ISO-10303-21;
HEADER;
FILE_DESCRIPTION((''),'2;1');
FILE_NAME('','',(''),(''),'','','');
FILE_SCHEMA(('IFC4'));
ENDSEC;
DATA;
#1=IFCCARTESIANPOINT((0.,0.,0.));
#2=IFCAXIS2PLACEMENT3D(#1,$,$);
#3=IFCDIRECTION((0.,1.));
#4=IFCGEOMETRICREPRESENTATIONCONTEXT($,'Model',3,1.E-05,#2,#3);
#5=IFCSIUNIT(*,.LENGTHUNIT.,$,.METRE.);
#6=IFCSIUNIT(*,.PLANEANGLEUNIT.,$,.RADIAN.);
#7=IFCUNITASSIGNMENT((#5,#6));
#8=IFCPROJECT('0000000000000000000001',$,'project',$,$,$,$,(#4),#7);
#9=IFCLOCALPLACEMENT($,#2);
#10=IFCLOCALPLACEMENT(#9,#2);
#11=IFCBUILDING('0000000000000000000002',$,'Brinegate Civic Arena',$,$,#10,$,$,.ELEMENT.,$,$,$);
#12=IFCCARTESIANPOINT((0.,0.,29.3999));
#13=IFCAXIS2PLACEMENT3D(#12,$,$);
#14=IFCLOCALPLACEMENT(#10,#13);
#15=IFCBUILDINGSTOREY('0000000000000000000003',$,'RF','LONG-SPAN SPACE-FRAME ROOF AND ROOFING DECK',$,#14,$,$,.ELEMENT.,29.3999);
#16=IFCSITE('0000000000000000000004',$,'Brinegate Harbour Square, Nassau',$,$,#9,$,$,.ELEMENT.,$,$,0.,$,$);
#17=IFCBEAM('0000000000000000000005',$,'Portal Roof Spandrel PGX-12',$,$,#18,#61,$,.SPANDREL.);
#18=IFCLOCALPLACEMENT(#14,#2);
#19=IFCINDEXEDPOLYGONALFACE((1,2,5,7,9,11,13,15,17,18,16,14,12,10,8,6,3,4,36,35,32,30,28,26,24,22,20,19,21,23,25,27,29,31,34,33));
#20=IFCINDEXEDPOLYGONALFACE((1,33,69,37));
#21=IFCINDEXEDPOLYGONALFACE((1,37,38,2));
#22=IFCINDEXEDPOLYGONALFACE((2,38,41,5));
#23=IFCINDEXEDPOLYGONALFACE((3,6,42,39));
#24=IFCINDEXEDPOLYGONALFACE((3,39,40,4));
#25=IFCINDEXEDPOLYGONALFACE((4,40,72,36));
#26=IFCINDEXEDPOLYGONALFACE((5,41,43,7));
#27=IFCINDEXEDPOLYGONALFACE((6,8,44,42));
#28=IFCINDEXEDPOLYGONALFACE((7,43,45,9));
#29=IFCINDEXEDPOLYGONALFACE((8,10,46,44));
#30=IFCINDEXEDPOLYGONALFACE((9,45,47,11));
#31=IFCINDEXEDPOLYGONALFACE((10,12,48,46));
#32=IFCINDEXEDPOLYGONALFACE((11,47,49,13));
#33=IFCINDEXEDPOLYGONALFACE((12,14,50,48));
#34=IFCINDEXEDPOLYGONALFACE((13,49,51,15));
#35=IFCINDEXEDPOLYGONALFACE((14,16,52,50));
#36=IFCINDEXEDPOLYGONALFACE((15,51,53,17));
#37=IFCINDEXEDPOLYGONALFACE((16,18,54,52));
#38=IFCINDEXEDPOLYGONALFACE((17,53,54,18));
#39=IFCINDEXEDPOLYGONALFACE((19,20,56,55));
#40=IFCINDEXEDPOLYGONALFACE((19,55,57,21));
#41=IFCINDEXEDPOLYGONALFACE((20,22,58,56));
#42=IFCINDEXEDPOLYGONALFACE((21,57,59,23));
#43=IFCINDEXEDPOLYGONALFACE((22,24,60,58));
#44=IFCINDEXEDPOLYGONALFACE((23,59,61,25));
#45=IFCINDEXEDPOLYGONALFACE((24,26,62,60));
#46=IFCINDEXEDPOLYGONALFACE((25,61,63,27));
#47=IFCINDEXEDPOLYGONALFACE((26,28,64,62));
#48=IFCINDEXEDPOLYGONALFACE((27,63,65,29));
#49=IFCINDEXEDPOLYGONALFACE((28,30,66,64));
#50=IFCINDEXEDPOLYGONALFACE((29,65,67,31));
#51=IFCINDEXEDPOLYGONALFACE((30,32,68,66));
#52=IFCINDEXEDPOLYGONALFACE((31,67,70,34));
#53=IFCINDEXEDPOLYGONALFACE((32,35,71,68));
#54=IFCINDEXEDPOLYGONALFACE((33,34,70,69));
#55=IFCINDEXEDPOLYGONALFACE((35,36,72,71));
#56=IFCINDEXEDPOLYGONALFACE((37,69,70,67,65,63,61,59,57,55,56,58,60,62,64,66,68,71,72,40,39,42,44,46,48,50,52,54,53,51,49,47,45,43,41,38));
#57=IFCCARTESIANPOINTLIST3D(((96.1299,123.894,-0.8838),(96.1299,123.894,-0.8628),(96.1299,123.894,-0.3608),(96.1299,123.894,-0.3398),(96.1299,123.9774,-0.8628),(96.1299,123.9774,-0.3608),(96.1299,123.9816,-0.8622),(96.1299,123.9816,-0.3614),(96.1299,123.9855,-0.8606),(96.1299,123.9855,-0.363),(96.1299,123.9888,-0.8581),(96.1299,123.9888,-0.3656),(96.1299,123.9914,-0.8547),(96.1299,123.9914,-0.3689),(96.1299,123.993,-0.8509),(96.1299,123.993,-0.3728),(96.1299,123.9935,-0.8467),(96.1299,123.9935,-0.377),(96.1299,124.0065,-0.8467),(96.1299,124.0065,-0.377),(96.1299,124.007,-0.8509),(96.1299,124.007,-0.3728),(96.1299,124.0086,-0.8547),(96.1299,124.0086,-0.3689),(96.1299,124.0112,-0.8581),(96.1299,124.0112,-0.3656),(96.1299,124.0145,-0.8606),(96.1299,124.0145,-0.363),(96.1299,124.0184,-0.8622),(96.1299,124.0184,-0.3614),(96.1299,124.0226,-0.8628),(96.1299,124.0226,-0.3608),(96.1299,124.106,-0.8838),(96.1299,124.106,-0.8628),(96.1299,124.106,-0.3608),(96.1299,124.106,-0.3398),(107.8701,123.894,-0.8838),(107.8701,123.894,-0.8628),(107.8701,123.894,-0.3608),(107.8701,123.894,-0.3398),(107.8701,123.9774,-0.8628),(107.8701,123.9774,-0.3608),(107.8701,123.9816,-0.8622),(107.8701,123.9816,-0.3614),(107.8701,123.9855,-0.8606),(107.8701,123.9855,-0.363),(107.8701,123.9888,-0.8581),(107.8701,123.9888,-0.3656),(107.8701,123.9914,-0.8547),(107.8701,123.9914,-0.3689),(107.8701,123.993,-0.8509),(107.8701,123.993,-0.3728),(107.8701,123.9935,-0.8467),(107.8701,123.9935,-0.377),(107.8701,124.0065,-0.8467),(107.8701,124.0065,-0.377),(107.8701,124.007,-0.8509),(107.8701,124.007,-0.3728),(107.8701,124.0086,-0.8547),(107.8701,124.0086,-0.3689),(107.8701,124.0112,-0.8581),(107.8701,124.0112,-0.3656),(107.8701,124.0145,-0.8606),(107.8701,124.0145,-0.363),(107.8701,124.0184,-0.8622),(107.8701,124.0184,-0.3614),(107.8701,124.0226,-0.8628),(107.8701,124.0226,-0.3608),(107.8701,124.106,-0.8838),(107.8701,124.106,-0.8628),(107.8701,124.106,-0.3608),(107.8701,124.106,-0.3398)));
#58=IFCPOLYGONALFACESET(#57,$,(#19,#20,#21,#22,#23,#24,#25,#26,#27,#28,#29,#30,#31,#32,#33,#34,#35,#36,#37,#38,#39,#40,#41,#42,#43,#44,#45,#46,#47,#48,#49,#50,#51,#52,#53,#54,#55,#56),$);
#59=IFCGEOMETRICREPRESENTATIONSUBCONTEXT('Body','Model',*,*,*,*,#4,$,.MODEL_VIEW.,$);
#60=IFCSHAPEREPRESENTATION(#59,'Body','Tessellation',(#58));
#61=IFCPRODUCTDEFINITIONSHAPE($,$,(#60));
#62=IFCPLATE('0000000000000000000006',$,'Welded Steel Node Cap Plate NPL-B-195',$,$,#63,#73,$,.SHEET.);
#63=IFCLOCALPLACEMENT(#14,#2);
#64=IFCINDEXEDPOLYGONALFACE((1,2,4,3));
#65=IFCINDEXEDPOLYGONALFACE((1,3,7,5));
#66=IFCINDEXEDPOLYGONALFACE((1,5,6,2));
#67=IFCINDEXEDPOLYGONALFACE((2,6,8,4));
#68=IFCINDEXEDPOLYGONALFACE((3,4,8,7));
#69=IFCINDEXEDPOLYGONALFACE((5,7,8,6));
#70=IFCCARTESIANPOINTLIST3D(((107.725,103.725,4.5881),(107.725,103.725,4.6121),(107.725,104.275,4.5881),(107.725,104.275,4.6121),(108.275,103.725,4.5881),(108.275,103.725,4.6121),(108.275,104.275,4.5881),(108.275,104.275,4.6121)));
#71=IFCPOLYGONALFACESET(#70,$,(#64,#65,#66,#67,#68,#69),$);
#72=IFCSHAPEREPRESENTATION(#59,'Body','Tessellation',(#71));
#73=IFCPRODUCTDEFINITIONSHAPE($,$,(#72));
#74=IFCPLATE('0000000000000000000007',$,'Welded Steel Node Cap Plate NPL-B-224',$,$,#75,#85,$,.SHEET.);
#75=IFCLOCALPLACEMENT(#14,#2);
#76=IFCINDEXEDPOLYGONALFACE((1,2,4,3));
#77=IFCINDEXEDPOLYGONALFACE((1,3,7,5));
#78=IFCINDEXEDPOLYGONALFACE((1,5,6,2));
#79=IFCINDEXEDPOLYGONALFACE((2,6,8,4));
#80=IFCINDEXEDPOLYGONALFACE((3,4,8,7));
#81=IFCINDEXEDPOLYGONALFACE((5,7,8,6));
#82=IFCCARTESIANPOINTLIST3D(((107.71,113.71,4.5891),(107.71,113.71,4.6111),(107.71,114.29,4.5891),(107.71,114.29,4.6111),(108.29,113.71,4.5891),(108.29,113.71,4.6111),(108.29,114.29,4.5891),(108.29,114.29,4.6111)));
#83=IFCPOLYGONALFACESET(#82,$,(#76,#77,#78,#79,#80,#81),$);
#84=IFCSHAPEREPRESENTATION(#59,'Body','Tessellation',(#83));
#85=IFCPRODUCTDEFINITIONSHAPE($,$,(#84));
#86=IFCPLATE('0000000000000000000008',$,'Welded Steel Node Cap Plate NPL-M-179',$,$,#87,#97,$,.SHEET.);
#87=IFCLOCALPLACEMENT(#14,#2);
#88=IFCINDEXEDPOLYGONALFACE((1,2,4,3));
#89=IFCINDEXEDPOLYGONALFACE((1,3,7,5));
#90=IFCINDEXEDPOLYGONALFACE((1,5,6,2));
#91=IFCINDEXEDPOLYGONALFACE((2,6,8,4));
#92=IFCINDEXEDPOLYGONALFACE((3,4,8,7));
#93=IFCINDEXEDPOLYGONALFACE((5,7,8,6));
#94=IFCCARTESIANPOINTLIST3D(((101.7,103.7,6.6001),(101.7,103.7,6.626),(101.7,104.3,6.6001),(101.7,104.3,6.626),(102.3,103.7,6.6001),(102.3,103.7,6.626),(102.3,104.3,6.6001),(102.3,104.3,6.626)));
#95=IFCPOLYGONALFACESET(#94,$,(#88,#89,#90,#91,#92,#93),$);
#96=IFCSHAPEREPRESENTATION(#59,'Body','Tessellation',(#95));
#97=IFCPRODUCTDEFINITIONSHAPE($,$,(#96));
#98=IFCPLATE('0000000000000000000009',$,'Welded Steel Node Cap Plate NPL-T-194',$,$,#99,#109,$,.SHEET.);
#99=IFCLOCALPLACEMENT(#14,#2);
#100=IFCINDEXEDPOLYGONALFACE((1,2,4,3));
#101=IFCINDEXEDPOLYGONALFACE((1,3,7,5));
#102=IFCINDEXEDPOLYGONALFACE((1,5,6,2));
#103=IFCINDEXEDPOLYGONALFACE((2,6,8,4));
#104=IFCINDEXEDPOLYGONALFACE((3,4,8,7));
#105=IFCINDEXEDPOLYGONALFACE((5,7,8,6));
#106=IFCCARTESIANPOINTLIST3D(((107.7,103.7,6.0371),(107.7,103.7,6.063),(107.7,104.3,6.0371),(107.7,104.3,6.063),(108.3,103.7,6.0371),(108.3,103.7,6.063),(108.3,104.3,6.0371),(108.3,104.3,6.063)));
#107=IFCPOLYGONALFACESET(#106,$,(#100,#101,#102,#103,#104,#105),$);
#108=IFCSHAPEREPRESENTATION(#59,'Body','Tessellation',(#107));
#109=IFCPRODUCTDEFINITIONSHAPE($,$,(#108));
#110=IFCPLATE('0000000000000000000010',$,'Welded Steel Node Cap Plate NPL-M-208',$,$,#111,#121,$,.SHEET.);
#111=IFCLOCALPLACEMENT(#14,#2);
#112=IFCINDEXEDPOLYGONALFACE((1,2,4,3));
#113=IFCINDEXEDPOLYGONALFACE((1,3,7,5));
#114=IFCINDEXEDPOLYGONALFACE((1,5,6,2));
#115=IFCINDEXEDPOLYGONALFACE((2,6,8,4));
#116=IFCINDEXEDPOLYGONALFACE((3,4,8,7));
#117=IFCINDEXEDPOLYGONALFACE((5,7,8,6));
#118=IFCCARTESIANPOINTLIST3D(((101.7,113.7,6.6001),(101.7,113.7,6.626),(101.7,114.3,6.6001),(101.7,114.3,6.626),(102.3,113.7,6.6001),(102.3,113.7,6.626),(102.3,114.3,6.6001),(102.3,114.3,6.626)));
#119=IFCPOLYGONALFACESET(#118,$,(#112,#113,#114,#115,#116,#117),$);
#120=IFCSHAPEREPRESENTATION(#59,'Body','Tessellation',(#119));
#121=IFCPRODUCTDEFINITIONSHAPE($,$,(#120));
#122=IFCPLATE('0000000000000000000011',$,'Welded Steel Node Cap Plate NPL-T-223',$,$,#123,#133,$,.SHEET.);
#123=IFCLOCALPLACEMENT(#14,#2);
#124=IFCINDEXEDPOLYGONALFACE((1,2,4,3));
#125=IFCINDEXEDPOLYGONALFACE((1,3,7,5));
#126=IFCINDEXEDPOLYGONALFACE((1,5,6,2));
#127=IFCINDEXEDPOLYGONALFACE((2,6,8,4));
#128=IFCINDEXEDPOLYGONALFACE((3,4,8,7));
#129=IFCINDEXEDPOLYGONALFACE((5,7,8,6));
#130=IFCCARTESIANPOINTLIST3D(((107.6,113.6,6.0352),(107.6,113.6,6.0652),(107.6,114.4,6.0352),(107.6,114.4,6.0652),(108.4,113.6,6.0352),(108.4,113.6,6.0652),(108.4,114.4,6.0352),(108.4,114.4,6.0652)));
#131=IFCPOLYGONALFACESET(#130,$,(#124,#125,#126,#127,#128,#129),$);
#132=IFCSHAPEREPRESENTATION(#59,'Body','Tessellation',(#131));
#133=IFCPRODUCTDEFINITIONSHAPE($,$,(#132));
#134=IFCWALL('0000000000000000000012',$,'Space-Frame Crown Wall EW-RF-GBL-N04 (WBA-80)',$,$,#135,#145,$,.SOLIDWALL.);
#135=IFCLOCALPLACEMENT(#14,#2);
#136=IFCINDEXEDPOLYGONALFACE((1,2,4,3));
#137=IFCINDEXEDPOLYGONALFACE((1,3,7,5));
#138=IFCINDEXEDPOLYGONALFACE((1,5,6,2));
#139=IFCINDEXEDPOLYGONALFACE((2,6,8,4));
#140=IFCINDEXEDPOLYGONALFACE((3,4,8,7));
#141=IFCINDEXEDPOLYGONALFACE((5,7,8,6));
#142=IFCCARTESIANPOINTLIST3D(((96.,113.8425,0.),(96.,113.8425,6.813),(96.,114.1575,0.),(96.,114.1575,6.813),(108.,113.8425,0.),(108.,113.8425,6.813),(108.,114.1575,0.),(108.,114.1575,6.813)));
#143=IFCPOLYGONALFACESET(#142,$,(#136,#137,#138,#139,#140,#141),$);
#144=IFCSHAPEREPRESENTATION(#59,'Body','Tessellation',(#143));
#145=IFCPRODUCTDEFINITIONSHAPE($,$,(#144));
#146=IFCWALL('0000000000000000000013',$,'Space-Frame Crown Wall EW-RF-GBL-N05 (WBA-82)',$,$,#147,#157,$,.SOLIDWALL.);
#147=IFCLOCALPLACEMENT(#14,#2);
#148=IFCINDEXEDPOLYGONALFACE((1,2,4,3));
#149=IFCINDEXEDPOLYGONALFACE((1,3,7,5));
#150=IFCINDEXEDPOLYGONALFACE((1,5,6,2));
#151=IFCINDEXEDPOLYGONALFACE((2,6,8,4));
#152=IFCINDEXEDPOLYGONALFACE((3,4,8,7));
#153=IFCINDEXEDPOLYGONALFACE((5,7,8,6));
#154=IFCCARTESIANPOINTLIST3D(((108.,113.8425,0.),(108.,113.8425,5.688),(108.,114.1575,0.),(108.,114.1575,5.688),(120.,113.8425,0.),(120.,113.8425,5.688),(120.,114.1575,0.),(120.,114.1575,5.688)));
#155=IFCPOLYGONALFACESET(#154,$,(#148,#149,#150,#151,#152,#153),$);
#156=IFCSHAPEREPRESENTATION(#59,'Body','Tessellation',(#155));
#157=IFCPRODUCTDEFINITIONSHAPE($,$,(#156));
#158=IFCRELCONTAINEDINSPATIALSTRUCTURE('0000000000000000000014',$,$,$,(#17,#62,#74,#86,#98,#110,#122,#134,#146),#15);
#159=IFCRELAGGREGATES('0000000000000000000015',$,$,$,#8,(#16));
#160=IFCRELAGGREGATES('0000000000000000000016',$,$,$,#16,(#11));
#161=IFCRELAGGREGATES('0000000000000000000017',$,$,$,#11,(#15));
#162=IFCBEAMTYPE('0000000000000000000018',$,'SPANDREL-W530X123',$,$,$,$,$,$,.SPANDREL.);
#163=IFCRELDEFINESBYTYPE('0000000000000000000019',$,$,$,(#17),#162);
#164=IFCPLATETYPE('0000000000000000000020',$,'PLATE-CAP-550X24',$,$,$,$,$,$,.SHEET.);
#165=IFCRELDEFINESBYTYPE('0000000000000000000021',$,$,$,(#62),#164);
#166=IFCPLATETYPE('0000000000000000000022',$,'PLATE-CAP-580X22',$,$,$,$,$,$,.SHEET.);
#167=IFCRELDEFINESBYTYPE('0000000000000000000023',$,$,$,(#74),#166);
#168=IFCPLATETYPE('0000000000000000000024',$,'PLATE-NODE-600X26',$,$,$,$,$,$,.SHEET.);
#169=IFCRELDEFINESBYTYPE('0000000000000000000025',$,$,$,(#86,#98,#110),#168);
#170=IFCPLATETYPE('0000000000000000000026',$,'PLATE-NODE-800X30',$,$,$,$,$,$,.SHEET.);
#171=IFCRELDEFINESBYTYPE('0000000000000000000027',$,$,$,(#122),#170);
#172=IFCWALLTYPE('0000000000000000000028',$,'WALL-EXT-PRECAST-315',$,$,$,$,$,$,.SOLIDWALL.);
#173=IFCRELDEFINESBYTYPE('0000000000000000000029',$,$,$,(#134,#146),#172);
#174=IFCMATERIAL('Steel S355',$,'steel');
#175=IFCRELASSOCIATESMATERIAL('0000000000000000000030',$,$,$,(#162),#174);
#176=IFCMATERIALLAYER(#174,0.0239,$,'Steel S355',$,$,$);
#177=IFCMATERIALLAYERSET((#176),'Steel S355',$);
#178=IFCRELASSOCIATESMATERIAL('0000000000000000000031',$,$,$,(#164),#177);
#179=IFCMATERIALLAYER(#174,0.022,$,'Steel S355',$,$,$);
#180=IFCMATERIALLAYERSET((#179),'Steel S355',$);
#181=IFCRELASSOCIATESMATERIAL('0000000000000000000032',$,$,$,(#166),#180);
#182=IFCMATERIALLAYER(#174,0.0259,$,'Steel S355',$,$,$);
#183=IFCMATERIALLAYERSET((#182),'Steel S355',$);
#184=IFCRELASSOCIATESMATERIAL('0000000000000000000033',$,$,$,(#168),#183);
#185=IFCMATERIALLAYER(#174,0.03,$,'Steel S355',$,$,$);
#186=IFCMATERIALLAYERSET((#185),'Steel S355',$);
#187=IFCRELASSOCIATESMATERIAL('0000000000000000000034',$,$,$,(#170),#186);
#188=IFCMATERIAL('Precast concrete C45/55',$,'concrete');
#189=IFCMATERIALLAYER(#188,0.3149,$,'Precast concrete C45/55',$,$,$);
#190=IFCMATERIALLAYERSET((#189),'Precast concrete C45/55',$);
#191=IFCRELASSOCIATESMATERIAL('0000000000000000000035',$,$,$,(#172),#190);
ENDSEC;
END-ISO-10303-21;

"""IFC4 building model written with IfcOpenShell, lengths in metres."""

from ifc_helpers import new_model, si_unit, direction, frame, frame_2d, origin, origin_2d, place, context, subcontext, project, spatial, rectangle, i_section, extrude, material, layer, layer_set, material_profile, profile_set, type_object, element, save


model = new_model("IFC4")

# Units and contexts
model_context = context("Model", 3, precision=1e-05, world=origin(), true_north=direction((0.0, 1.0)))
body_context = subcontext(model_context, "Body", "Model", "MODEL_VIEW")
ifc_project = project(units=[si_unit("LENGTHUNIT", "METRE"), si_unit("PLANEANGLEUNIT", "RADIAN")], contexts=[model_context])

# Site, building, storey
site_placement = place(None, origin())
site = spatial("IfcSite", under=ifc_project, at=site_placement, Name="Brinegate Harbour Square, Nassau", CompositionType="ELEMENT", RefElevation=0.0)
building_placement = place(site_placement, origin())
building = spatial("IfcBuilding", under=site, at=building_placement, Name="Brinegate Civic Arena", CompositionType="ELEMENT")
storey_placement = place(building_placement, frame((0.0, 0.0, 29.3999)))
storey = spatial("IfcBuildingStorey", under=building, at=storey_placement, Name="RF", Description="LONG-SPAN SPACE-FRAME ROOF AND ROOFING DECK", CompositionType="ELEMENT", Elevation=29.3999)

# Shared definitions
ifc_material_1 = material(Name="Steel S355", Category="steel")

# Beam
ifc_material_profile_1 = material_profile(ifc_material_1, i_section(OverallWidth=0.2119, OverallDepth=0.5439, WebThickness=0.0129, FlangeThickness=0.021, FilletRadius=0.0161, at=origin_2d()), Name="W530X123")
ifc_profile_set_1 = profile_set([ifc_material_profile_1], Name="Steel S355")
beam_type_1 = type_object("IfcBeamType", Name="SPANDREL-W530X123", PredefinedType="SPANDREL", material=ifc_profile_set_1)
for number, where, z_axis, x_axis, name in (
    (1, (96.1299, 124.0, -0.6118), (1.0, 0.0, 0.0), (0.0, 1.0, 0.0), "Portal Roof Spandrel PGX-12"),
):
    element("IfcBeam", number, at=place(storey_placement, frame(where, z_axis=z_axis, x_axis=x_axis)), inside=storey, type_object=beam_type_1, Name=name, PredefinedType="SPANDREL", context=body_context, shape_type="SweptSolid", body=[
        extrude(i_section(OverallWidth=0.2119, OverallDepth=0.5439, WebThickness=0.0129, FlangeThickness=0.021, FilletRadius=0.0161, at=origin_2d()), origin(), (0.0, 0.0, 1.0), 11.7402),
    ])

# Plates
ifc_layer_1 = layer(ifc_material_1, 0.0239, Name="Steel S355")
ifc_layer_set_1 = layer_set([ifc_layer_1], Name="Steel S355")
plate_type_1 = type_object("IfcPlateType", Name="PLATE-CAP-550X24", PredefinedType="SHEET", material=ifc_layer_set_1)
plate_1_placement = place(storey_placement, frame((108.0, 104.0, 4.5881), z_axis=(0.0, 0.0, 1.0), x_axis=(1.0, 0.0, 0.0)))
element("IfcPlate", 2, at=plate_1_placement, inside=storey, type_object=plate_type_1, Name="Welded Steel Node Cap Plate NPL-B-195", PredefinedType="SHEET", context=body_context, shape_type="SweptSolid", body=[
    extrude(rectangle(XDim=0.55, YDim=0.55, at=origin_2d()), origin(), (0.0, 0.0, 1.0), 0.0239),
])
ifc_layer_2 = layer(ifc_material_1, 0.022, Name="Steel S355")
ifc_layer_set_2 = layer_set([ifc_layer_2], Name="Steel S355")
plate_type_2 = type_object("IfcPlateType", Name="PLATE-CAP-580X22", PredefinedType="SHEET", material=ifc_layer_set_2)
plate_2_placement = place(storey_placement, frame((108.0, 114.0, 4.5891), z_axis=(0.0, 0.0, 1.0), x_axis=(1.0, 0.0, 0.0)))
element("IfcPlate", 3, at=plate_2_placement, inside=storey, type_object=plate_type_2, Name="Welded Steel Node Cap Plate NPL-B-224", PredefinedType="SHEET", context=body_context, shape_type="SweptSolid", body=[
    extrude(rectangle(XDim=0.5801, YDim=0.5801, at=origin_2d()), origin(), (0.0, 0.0, 1.0), 0.022),
])
ifc_layer_3 = layer(ifc_material_1, 0.0259, Name="Steel S355")
ifc_layer_set_3 = layer_set([ifc_layer_3], Name="Steel S355")
plate_type_3 = type_object("IfcPlateType", Name="PLATE-NODE-600X26", PredefinedType="SHEET", material=ifc_layer_set_3)
for number, where, z_axis, x_axis, name in (
    (4, (102.0, 104.0, 6.6001), (0.0, 0.0, 1.0), (1.0, 0.0, 0.0), "Welded Steel Node Cap Plate NPL-M-179"),
    (5, (108.0, 104.0, 6.0371), (0.0, 0.0, 1.0), (1.0, 0.0, 0.0), "Welded Steel Node Cap Plate NPL-T-194"),
    (6, (102.0, 114.0, 6.6001), (0.0, 0.0, 1.0), (1.0, 0.0, 0.0), "Welded Steel Node Cap Plate NPL-M-208"),
):
    element("IfcPlate", number, at=place(storey_placement, frame(where, z_axis=z_axis, x_axis=x_axis)), inside=storey, type_object=plate_type_3, Name=name, PredefinedType="SHEET", context=body_context, shape_type="SweptSolid", body=[
        extrude(rectangle(XDim=0.6001, YDim=0.6001, at=origin_2d()), origin(), (0.0, 0.0, 1.0), 0.0259),
    ])
ifc_layer_4 = layer(ifc_material_1, 0.03, Name="Steel S355")
ifc_layer_set_4 = layer_set([ifc_layer_4], Name="Steel S355")
plate_type_4 = type_object("IfcPlateType", Name="PLATE-NODE-800X30", PredefinedType="SHEET", material=ifc_layer_set_4)
plate_3_placement = place(storey_placement, frame((108.0, 114.0, 6.0352), z_axis=(0.0, 0.0, 1.0), x_axis=(1.0, 0.0, 0.0)))
element("IfcPlate", 7, at=plate_3_placement, inside=storey, type_object=plate_type_4, Name="Welded Steel Node Cap Plate NPL-T-223", PredefinedType="SHEET", context=body_context, shape_type="SweptSolid", body=[
    extrude(rectangle(XDim=0.8, YDim=0.8, at=origin_2d()), origin(), (0.0, 0.0, 1.0), 0.03),
])

# Walls
ifc_material_2 = material(Name="Precast concrete C45/55", Category="concrete")
ifc_layer_5 = layer(ifc_material_2, 0.3149, Name="Precast concrete C45/55")
ifc_layer_set_5 = layer_set([ifc_layer_5], Name="Precast concrete C45/55")
wall_type = type_object("IfcWallType", Name="WALL-EXT-PRECAST-315", PredefinedType="SOLIDWALL", material=ifc_layer_set_5)
wall_1_placement = place(storey_placement, frame((96.0, 114.0, 0.0), z_axis=(0.0, 0.0, 1.0), x_axis=(1.0, 0.0, 0.0)))
element("IfcWall", 8, at=wall_1_placement, inside=storey, type_object=wall_type, Name="Space-Frame Crown Wall EW-RF-GBL-N04 (WBA-80)", PredefinedType="SOLIDWALL", context=body_context, shape_type="SweptSolid", body=[
    extrude(rectangle(XDim=12.0, YDim=0.3149, at=frame_2d((6.0, 0.0))), origin(), (0.0, 0.0, 1.0), 6.813),
])
wall_2_placement = place(storey_placement, frame((108.0, 114.0, 0.0), z_axis=(0.0, 0.0, 1.0), x_axis=(1.0, 0.0, 0.0)))
element("IfcWall", 9, at=wall_2_placement, inside=storey, type_object=wall_type, Name="Space-Frame Crown Wall EW-RF-GBL-N05 (WBA-82)", PredefinedType="SOLIDWALL", context=body_context, shape_type="SweptSolid", body=[
    extrude(rectangle(XDim=12.0, YDim=0.3149, at=frame_2d((6.0, 0.0))), origin(), (0.0, 0.0, 1.0), 5.688),
])

save(model, "model.ifc")
